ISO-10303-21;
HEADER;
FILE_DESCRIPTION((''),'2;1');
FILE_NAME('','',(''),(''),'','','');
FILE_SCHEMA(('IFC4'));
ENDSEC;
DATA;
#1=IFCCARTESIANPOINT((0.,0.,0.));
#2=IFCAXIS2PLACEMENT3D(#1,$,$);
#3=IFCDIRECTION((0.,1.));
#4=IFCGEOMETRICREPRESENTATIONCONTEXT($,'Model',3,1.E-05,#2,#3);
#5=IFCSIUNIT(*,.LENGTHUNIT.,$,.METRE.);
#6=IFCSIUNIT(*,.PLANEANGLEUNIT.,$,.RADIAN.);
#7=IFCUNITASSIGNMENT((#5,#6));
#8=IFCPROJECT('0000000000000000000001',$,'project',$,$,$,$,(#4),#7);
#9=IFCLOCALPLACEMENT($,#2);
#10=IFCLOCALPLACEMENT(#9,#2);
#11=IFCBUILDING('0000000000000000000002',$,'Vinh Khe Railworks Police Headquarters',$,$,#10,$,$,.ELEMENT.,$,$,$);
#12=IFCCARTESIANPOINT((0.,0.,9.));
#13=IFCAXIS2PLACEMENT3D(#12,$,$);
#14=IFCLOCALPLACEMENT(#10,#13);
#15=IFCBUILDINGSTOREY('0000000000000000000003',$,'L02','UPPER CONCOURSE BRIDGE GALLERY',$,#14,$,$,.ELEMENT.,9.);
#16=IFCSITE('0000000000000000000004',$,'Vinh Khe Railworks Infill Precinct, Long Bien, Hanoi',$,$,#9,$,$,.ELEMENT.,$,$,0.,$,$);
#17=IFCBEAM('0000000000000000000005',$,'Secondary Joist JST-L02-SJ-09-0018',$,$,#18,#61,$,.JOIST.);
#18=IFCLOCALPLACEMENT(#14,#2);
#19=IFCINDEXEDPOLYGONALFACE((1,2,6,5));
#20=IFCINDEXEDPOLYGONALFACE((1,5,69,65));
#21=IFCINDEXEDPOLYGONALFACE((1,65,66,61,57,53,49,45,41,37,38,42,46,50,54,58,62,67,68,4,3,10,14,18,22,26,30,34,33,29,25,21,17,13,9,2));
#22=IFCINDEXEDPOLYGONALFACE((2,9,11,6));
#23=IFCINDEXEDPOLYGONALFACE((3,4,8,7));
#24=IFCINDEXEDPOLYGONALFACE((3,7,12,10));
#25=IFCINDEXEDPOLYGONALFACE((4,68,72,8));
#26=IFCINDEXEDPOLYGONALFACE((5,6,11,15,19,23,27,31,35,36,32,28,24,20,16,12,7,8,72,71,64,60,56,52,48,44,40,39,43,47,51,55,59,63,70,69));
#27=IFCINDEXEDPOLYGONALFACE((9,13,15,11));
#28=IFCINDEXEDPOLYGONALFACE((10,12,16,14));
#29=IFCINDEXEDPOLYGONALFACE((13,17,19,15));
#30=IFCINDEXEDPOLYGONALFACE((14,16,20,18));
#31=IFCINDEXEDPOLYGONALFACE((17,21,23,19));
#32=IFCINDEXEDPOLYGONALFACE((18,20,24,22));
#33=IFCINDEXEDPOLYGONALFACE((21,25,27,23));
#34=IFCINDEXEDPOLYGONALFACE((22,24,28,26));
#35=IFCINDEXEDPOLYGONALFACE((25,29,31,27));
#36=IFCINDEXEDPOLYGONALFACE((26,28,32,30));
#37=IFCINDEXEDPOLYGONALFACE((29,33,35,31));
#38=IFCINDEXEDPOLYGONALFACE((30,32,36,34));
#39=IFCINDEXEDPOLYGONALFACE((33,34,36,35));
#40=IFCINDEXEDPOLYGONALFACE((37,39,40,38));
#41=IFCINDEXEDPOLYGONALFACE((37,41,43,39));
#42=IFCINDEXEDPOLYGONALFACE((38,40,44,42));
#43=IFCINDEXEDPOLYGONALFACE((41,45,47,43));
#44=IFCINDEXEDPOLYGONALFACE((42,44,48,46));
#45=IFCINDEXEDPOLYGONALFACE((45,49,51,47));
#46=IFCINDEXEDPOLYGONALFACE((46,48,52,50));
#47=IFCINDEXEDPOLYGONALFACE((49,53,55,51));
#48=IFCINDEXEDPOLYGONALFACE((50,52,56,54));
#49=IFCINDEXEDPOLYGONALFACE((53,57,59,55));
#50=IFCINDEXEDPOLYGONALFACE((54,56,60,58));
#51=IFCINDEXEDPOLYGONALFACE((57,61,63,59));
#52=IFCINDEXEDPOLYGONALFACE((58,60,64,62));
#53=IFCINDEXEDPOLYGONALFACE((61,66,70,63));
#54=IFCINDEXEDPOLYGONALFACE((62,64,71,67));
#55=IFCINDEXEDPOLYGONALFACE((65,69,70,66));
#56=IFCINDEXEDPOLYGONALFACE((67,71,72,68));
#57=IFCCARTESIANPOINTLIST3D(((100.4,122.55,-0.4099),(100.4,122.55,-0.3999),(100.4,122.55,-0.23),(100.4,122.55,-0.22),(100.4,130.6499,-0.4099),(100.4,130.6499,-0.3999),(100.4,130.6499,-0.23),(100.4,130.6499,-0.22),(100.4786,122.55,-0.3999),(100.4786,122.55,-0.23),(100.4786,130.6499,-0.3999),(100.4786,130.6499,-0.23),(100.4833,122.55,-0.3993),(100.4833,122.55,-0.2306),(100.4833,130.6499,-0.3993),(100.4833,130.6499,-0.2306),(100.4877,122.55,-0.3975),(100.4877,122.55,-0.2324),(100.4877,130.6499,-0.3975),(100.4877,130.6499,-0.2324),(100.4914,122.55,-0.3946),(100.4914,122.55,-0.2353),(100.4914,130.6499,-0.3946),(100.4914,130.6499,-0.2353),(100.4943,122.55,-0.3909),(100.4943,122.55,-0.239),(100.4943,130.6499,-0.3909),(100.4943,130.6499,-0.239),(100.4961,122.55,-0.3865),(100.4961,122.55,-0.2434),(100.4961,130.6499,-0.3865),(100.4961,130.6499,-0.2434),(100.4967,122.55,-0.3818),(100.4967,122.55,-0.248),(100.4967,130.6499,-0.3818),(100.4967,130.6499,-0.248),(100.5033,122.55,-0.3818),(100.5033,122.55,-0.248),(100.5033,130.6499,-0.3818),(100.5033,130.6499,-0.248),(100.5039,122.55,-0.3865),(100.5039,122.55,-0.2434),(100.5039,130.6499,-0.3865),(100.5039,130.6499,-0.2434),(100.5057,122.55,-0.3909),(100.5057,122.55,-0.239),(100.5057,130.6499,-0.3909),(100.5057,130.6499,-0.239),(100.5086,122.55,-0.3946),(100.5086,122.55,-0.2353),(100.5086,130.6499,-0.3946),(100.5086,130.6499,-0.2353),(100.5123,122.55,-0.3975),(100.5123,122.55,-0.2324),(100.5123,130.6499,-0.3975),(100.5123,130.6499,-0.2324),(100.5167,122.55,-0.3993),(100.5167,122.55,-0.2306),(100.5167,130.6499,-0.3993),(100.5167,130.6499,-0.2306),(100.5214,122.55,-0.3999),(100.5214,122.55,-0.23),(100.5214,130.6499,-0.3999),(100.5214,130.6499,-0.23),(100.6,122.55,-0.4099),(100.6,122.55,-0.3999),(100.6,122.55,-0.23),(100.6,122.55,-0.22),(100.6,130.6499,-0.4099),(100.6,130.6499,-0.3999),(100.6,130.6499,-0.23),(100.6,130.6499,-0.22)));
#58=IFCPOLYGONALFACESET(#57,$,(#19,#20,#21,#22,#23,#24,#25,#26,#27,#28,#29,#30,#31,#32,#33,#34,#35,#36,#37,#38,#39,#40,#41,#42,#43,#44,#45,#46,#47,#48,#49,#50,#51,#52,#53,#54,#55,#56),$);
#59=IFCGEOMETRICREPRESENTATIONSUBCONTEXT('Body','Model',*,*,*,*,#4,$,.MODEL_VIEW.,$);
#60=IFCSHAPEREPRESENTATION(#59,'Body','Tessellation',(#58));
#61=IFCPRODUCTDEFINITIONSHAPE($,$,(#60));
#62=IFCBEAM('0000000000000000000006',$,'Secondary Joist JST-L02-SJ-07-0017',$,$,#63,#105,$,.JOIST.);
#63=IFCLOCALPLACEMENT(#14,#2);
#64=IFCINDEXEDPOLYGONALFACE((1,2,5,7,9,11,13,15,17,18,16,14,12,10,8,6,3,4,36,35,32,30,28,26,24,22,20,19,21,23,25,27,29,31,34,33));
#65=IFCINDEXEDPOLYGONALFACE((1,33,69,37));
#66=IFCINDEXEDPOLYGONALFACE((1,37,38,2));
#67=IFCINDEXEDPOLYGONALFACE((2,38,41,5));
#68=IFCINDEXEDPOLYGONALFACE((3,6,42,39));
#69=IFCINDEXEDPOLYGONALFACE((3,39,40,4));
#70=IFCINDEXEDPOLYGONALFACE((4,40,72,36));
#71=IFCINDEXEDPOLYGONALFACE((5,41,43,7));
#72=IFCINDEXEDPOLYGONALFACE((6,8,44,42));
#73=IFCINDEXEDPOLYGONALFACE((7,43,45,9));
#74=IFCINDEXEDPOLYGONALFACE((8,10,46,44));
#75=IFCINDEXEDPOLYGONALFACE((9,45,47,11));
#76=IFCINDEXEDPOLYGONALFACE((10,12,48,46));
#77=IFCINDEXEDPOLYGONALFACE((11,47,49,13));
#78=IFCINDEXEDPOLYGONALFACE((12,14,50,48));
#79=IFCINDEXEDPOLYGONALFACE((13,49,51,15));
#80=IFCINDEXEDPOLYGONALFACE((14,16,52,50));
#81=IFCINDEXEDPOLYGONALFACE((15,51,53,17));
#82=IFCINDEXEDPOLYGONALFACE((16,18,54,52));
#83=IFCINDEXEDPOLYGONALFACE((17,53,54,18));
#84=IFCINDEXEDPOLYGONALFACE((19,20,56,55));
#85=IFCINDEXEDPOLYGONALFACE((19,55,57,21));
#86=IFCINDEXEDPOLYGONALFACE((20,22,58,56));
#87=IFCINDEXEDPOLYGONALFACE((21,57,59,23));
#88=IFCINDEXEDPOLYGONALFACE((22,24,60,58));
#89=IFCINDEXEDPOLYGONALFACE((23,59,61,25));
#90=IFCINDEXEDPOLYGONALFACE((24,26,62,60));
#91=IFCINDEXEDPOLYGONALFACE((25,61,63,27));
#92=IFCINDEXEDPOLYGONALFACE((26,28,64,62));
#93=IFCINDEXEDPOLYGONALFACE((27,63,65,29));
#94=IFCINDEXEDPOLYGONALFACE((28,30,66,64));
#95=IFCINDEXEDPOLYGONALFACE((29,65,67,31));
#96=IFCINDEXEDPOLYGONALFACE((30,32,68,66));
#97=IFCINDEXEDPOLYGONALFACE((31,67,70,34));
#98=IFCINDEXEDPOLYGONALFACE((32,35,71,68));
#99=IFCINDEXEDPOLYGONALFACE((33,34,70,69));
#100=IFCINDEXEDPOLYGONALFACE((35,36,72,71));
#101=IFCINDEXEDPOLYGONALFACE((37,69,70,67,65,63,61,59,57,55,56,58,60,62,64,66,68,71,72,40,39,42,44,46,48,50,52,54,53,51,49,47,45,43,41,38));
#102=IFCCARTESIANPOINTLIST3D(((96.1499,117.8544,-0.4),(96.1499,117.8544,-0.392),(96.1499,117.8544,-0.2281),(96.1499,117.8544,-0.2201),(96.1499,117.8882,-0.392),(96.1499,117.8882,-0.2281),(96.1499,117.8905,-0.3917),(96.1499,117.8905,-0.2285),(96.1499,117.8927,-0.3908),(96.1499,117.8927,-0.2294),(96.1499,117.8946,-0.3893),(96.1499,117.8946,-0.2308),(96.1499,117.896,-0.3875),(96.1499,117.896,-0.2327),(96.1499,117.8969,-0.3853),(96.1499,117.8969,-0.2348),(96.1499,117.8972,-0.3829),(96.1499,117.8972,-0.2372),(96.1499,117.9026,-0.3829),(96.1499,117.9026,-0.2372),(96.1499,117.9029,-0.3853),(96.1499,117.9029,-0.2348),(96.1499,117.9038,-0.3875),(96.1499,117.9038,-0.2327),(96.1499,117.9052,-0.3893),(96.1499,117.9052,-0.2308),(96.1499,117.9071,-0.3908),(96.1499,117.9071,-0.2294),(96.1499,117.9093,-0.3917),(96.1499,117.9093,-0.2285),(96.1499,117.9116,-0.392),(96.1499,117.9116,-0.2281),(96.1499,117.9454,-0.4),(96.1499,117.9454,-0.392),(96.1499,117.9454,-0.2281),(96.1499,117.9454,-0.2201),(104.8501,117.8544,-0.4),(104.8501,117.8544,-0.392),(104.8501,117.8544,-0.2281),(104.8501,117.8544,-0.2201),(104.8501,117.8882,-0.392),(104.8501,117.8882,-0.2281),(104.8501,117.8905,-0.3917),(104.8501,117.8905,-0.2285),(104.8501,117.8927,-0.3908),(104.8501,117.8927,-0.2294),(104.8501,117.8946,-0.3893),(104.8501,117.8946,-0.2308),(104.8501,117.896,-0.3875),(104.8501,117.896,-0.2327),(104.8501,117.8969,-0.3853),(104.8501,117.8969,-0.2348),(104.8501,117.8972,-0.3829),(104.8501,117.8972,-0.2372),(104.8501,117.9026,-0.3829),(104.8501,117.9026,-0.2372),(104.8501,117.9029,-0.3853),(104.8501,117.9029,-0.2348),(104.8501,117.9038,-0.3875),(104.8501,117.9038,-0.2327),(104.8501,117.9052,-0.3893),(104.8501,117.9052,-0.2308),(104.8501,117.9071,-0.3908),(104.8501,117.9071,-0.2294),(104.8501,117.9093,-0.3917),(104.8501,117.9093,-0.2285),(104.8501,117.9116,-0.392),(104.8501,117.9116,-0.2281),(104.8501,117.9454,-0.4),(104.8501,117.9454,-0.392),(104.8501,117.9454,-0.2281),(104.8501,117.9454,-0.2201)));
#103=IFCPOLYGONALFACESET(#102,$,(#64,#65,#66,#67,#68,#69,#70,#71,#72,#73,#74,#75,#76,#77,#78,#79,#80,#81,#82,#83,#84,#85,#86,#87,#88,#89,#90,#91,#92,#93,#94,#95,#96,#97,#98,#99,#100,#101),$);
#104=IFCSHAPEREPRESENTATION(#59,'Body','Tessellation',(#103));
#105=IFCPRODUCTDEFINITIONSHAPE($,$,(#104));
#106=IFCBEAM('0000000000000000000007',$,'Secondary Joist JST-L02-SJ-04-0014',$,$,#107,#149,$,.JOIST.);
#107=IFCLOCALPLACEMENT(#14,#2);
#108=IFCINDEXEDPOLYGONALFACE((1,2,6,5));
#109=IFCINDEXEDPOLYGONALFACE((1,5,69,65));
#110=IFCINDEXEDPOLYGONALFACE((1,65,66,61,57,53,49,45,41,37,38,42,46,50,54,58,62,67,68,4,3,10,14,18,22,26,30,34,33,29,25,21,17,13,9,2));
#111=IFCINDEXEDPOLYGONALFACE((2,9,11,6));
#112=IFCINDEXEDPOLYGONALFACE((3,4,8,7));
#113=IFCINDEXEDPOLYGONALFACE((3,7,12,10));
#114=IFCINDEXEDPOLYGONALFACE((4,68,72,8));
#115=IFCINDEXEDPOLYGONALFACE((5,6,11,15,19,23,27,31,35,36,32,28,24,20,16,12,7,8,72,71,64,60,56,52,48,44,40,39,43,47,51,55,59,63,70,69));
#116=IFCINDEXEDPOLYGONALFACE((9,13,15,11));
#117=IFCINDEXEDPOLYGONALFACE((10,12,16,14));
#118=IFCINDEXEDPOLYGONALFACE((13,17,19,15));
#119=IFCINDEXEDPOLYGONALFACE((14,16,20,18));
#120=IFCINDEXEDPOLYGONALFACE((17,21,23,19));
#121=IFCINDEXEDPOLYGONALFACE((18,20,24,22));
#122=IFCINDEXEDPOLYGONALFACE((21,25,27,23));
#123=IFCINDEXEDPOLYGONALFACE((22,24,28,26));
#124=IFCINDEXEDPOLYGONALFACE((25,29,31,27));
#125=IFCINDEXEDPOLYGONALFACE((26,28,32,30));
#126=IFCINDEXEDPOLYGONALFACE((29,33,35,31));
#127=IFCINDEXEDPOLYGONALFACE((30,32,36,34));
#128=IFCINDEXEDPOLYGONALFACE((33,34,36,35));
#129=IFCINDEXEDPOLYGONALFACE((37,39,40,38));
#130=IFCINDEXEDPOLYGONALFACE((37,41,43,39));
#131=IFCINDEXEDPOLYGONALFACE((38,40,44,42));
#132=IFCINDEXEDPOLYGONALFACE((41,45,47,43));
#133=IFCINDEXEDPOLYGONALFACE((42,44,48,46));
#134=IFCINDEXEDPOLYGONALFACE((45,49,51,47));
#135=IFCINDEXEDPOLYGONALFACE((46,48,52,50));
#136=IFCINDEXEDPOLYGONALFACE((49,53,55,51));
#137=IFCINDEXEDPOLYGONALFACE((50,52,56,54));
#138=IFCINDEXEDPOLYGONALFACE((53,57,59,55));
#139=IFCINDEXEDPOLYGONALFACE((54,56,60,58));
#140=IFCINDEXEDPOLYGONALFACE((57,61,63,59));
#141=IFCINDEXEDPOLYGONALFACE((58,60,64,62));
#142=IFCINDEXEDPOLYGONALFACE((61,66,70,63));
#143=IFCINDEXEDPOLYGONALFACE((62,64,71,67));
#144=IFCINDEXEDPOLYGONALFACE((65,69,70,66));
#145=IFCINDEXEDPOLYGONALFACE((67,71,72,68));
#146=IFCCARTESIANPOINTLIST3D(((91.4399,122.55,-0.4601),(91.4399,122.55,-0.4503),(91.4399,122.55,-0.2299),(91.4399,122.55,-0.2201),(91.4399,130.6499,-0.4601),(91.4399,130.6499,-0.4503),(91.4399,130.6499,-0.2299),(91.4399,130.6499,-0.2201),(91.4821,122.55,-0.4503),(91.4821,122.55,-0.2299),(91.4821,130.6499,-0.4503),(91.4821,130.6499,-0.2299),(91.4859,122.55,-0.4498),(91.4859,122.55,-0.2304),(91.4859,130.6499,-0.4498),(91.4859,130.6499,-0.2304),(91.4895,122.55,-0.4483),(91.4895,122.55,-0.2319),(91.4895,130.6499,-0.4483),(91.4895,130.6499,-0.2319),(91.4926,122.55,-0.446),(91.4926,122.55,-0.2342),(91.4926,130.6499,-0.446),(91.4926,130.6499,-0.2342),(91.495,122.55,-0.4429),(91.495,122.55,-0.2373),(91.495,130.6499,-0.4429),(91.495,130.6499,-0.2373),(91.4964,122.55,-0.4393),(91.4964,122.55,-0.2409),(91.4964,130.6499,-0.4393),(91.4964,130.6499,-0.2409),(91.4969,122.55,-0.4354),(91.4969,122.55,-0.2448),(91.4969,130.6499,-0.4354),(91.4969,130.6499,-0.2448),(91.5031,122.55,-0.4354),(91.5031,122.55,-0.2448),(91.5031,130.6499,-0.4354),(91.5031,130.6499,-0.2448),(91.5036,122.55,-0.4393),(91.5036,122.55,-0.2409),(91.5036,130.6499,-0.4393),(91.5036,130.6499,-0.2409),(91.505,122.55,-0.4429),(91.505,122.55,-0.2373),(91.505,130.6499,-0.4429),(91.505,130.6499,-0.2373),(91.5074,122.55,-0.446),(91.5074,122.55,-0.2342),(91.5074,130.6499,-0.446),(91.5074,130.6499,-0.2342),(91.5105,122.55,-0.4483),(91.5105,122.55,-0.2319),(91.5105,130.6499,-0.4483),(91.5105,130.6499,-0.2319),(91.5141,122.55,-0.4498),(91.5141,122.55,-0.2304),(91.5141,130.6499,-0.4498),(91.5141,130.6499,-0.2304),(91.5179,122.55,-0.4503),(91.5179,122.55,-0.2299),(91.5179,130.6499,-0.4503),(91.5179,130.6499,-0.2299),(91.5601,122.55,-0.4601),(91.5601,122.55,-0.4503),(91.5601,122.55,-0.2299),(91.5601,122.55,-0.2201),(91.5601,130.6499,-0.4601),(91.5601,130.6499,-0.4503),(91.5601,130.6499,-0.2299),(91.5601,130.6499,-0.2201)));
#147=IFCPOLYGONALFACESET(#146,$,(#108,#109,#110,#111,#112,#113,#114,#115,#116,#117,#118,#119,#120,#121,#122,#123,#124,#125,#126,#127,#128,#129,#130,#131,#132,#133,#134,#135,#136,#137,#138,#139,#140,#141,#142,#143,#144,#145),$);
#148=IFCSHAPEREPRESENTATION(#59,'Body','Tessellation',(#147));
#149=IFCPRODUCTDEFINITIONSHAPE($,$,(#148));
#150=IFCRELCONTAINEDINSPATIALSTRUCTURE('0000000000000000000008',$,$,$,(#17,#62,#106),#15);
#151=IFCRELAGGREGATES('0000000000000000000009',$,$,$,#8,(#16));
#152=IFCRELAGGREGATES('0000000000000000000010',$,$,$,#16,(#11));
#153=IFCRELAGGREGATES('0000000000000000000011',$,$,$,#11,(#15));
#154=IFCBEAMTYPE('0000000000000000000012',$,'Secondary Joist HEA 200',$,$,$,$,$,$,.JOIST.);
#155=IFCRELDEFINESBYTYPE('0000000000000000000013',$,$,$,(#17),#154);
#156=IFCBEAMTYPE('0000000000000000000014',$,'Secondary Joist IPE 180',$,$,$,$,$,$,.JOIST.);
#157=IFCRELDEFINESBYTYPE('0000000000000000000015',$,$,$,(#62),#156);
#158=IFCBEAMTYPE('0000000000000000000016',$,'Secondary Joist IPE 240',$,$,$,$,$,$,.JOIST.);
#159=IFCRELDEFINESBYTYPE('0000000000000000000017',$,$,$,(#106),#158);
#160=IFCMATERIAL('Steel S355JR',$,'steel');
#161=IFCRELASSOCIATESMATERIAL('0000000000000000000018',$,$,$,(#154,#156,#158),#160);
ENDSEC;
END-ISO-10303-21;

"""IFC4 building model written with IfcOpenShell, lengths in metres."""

from ifc_helpers import new_model, si_unit, direction, frame, origin, origin_2d, place, context, subcontext, project, spatial, i_section, extrude, material, material_profile, profile_set, type_object, element, save


model = new_model("IFC4")

# Units and contexts
model_context = context("Model", 3, precision=1e-05, world=origin(), true_north=direction((0.0, 1.0)))
body_context = subcontext(model_context, "Body", "Model", "MODEL_VIEW")
ifc_project = project(units=[si_unit("LENGTHUNIT", "METRE"), si_unit("PLANEANGLEUNIT", "RADIAN")], contexts=[model_context])

# Site, building, storey
site_placement = place(None, origin())
site = spatial("IfcSite", under=ifc_project, at=site_placement, Name="Vinh Khe Railworks Infill Precinct, Long Bien, Hanoi", CompositionType="ELEMENT", RefElevation=0.0)
building_placement = place(site_placement, origin())
building = spatial("IfcBuilding", under=site, at=building_placement, Name="Vinh Khe Railworks Police Headquarters", CompositionType="ELEMENT")
storey_placement = place(building_placement, frame((0.0, 0.0, 9.0)))
storey = spatial("IfcBuildingStorey", under=building, at=storey_placement, Name="L02", Description="UPPER CONCOURSE BRIDGE GALLERY", CompositionType="ELEMENT", Elevation=9.0)

# Shared definitions
ifc_material_1 = material(Name="Steel S355JR", Category="steel")

# Beams
ifc_material_profile_1 = material_profile(ifc_material_1, i_section(OverallWidth=0.2, OverallDepth=0.1899, WebThickness=0.0066, FlangeThickness=0.01, FilletRadius=0.0181, at=origin_2d()), Name="HEA 200")
ifc_profile_set_1 = profile_set([ifc_material_profile_1], Name="Steel S355JR")
beam_type_1 = type_object("IfcBeamType", Name="Secondary Joist HEA 200", PredefinedType="JOIST", material=ifc_profile_set_1)
beam_1_placement = place(storey_placement, frame((100.5, 122.55, -0.3149), z_axis=(0.0, 1.0, 0.0), x_axis=(-1.0, 0.0, 0.0)))
element("IfcBeam", 1, at=beam_1_placement, inside=storey, type_object=beam_type_1, Name="Secondary Joist JST-L02-SJ-09-0018", PredefinedType="JOIST", context=body_context, shape_type="SweptSolid", body=[
    extrude(i_section(OverallWidth=0.2, OverallDepth=0.1899, WebThickness=0.0066, FlangeThickness=0.01, FilletRadius=0.0181, at=origin_2d()), origin(), (0.0, 0.0, 1.0), 8.0999),
])
ifc_material_profile_2 = material_profile(ifc_material_1, i_section(OverallWidth=0.0911, OverallDepth=0.1799, WebThickness=0.0054, FlangeThickness=0.0081, FilletRadius=0.009, at=origin_2d()), Name="IPE 180")
ifc_profile_set_2 = profile_set([ifc_material_profile_2], Name="Steel S355JR")
beam_type_2 = type_object("IfcBeamType", Name="Secondary Joist IPE 180", PredefinedType="JOIST", material=ifc_profile_set_2)
beam_2_placement = place(storey_placement, frame((96.1499, 117.8999, -0.3101), z_axis=(1.0, 0.0, 0.0), x_axis=(0.0, 1.0, 0.0)))
element("IfcBeam", 2, at=beam_2_placement, inside=storey, type_object=beam_type_2, Name="Secondary Joist JST-L02-SJ-07-0017", PredefinedType="JOIST", context=body_context, shape_type="SweptSolid", body=[
    extrude(i_section(OverallWidth=0.0911, OverallDepth=0.1799, WebThickness=0.0054, FlangeThickness=0.0081, FilletRadius=0.009, at=origin_2d()), origin(), (0.0, 0.0, 1.0), 8.7002),
])
ifc_material_profile_3 = material_profile(ifc_material_1, i_section(OverallWidth=0.1201, OverallDepth=0.24, WebThickness=0.0061, FlangeThickness=0.0098, FilletRadius=0.0149, at=origin_2d()), Name="IPE 240")
ifc_profile_set_3 = profile_set([ifc_material_profile_3], Name="Steel S355JR")
beam_type_3 = type_object("IfcBeamType", Name="Secondary Joist IPE 240", PredefinedType="JOIST", material=ifc_profile_set_3)
beam_3_placement = place(storey_placement, frame((91.5, 122.55, -0.3401), z_axis=(0.0, 1.0, 0.0), x_axis=(-1.0, 0.0, 0.0)))
element("IfcBeam", 3, at=beam_3_placement, inside=storey, type_object=beam_type_3, Name="Secondary Joist JST-L02-SJ-04-0014", PredefinedType="JOIST", context=body_context, shape_type="SweptSolid", body=[
    extrude(i_section(OverallWidth=0.1201, OverallDepth=0.24, WebThickness=0.0061, FlangeThickness=0.0098, FilletRadius=0.0149, at=origin_2d()), origin(), (0.0, 0.0, 1.0), 8.0999),
])

save(model, "model.ifc")
